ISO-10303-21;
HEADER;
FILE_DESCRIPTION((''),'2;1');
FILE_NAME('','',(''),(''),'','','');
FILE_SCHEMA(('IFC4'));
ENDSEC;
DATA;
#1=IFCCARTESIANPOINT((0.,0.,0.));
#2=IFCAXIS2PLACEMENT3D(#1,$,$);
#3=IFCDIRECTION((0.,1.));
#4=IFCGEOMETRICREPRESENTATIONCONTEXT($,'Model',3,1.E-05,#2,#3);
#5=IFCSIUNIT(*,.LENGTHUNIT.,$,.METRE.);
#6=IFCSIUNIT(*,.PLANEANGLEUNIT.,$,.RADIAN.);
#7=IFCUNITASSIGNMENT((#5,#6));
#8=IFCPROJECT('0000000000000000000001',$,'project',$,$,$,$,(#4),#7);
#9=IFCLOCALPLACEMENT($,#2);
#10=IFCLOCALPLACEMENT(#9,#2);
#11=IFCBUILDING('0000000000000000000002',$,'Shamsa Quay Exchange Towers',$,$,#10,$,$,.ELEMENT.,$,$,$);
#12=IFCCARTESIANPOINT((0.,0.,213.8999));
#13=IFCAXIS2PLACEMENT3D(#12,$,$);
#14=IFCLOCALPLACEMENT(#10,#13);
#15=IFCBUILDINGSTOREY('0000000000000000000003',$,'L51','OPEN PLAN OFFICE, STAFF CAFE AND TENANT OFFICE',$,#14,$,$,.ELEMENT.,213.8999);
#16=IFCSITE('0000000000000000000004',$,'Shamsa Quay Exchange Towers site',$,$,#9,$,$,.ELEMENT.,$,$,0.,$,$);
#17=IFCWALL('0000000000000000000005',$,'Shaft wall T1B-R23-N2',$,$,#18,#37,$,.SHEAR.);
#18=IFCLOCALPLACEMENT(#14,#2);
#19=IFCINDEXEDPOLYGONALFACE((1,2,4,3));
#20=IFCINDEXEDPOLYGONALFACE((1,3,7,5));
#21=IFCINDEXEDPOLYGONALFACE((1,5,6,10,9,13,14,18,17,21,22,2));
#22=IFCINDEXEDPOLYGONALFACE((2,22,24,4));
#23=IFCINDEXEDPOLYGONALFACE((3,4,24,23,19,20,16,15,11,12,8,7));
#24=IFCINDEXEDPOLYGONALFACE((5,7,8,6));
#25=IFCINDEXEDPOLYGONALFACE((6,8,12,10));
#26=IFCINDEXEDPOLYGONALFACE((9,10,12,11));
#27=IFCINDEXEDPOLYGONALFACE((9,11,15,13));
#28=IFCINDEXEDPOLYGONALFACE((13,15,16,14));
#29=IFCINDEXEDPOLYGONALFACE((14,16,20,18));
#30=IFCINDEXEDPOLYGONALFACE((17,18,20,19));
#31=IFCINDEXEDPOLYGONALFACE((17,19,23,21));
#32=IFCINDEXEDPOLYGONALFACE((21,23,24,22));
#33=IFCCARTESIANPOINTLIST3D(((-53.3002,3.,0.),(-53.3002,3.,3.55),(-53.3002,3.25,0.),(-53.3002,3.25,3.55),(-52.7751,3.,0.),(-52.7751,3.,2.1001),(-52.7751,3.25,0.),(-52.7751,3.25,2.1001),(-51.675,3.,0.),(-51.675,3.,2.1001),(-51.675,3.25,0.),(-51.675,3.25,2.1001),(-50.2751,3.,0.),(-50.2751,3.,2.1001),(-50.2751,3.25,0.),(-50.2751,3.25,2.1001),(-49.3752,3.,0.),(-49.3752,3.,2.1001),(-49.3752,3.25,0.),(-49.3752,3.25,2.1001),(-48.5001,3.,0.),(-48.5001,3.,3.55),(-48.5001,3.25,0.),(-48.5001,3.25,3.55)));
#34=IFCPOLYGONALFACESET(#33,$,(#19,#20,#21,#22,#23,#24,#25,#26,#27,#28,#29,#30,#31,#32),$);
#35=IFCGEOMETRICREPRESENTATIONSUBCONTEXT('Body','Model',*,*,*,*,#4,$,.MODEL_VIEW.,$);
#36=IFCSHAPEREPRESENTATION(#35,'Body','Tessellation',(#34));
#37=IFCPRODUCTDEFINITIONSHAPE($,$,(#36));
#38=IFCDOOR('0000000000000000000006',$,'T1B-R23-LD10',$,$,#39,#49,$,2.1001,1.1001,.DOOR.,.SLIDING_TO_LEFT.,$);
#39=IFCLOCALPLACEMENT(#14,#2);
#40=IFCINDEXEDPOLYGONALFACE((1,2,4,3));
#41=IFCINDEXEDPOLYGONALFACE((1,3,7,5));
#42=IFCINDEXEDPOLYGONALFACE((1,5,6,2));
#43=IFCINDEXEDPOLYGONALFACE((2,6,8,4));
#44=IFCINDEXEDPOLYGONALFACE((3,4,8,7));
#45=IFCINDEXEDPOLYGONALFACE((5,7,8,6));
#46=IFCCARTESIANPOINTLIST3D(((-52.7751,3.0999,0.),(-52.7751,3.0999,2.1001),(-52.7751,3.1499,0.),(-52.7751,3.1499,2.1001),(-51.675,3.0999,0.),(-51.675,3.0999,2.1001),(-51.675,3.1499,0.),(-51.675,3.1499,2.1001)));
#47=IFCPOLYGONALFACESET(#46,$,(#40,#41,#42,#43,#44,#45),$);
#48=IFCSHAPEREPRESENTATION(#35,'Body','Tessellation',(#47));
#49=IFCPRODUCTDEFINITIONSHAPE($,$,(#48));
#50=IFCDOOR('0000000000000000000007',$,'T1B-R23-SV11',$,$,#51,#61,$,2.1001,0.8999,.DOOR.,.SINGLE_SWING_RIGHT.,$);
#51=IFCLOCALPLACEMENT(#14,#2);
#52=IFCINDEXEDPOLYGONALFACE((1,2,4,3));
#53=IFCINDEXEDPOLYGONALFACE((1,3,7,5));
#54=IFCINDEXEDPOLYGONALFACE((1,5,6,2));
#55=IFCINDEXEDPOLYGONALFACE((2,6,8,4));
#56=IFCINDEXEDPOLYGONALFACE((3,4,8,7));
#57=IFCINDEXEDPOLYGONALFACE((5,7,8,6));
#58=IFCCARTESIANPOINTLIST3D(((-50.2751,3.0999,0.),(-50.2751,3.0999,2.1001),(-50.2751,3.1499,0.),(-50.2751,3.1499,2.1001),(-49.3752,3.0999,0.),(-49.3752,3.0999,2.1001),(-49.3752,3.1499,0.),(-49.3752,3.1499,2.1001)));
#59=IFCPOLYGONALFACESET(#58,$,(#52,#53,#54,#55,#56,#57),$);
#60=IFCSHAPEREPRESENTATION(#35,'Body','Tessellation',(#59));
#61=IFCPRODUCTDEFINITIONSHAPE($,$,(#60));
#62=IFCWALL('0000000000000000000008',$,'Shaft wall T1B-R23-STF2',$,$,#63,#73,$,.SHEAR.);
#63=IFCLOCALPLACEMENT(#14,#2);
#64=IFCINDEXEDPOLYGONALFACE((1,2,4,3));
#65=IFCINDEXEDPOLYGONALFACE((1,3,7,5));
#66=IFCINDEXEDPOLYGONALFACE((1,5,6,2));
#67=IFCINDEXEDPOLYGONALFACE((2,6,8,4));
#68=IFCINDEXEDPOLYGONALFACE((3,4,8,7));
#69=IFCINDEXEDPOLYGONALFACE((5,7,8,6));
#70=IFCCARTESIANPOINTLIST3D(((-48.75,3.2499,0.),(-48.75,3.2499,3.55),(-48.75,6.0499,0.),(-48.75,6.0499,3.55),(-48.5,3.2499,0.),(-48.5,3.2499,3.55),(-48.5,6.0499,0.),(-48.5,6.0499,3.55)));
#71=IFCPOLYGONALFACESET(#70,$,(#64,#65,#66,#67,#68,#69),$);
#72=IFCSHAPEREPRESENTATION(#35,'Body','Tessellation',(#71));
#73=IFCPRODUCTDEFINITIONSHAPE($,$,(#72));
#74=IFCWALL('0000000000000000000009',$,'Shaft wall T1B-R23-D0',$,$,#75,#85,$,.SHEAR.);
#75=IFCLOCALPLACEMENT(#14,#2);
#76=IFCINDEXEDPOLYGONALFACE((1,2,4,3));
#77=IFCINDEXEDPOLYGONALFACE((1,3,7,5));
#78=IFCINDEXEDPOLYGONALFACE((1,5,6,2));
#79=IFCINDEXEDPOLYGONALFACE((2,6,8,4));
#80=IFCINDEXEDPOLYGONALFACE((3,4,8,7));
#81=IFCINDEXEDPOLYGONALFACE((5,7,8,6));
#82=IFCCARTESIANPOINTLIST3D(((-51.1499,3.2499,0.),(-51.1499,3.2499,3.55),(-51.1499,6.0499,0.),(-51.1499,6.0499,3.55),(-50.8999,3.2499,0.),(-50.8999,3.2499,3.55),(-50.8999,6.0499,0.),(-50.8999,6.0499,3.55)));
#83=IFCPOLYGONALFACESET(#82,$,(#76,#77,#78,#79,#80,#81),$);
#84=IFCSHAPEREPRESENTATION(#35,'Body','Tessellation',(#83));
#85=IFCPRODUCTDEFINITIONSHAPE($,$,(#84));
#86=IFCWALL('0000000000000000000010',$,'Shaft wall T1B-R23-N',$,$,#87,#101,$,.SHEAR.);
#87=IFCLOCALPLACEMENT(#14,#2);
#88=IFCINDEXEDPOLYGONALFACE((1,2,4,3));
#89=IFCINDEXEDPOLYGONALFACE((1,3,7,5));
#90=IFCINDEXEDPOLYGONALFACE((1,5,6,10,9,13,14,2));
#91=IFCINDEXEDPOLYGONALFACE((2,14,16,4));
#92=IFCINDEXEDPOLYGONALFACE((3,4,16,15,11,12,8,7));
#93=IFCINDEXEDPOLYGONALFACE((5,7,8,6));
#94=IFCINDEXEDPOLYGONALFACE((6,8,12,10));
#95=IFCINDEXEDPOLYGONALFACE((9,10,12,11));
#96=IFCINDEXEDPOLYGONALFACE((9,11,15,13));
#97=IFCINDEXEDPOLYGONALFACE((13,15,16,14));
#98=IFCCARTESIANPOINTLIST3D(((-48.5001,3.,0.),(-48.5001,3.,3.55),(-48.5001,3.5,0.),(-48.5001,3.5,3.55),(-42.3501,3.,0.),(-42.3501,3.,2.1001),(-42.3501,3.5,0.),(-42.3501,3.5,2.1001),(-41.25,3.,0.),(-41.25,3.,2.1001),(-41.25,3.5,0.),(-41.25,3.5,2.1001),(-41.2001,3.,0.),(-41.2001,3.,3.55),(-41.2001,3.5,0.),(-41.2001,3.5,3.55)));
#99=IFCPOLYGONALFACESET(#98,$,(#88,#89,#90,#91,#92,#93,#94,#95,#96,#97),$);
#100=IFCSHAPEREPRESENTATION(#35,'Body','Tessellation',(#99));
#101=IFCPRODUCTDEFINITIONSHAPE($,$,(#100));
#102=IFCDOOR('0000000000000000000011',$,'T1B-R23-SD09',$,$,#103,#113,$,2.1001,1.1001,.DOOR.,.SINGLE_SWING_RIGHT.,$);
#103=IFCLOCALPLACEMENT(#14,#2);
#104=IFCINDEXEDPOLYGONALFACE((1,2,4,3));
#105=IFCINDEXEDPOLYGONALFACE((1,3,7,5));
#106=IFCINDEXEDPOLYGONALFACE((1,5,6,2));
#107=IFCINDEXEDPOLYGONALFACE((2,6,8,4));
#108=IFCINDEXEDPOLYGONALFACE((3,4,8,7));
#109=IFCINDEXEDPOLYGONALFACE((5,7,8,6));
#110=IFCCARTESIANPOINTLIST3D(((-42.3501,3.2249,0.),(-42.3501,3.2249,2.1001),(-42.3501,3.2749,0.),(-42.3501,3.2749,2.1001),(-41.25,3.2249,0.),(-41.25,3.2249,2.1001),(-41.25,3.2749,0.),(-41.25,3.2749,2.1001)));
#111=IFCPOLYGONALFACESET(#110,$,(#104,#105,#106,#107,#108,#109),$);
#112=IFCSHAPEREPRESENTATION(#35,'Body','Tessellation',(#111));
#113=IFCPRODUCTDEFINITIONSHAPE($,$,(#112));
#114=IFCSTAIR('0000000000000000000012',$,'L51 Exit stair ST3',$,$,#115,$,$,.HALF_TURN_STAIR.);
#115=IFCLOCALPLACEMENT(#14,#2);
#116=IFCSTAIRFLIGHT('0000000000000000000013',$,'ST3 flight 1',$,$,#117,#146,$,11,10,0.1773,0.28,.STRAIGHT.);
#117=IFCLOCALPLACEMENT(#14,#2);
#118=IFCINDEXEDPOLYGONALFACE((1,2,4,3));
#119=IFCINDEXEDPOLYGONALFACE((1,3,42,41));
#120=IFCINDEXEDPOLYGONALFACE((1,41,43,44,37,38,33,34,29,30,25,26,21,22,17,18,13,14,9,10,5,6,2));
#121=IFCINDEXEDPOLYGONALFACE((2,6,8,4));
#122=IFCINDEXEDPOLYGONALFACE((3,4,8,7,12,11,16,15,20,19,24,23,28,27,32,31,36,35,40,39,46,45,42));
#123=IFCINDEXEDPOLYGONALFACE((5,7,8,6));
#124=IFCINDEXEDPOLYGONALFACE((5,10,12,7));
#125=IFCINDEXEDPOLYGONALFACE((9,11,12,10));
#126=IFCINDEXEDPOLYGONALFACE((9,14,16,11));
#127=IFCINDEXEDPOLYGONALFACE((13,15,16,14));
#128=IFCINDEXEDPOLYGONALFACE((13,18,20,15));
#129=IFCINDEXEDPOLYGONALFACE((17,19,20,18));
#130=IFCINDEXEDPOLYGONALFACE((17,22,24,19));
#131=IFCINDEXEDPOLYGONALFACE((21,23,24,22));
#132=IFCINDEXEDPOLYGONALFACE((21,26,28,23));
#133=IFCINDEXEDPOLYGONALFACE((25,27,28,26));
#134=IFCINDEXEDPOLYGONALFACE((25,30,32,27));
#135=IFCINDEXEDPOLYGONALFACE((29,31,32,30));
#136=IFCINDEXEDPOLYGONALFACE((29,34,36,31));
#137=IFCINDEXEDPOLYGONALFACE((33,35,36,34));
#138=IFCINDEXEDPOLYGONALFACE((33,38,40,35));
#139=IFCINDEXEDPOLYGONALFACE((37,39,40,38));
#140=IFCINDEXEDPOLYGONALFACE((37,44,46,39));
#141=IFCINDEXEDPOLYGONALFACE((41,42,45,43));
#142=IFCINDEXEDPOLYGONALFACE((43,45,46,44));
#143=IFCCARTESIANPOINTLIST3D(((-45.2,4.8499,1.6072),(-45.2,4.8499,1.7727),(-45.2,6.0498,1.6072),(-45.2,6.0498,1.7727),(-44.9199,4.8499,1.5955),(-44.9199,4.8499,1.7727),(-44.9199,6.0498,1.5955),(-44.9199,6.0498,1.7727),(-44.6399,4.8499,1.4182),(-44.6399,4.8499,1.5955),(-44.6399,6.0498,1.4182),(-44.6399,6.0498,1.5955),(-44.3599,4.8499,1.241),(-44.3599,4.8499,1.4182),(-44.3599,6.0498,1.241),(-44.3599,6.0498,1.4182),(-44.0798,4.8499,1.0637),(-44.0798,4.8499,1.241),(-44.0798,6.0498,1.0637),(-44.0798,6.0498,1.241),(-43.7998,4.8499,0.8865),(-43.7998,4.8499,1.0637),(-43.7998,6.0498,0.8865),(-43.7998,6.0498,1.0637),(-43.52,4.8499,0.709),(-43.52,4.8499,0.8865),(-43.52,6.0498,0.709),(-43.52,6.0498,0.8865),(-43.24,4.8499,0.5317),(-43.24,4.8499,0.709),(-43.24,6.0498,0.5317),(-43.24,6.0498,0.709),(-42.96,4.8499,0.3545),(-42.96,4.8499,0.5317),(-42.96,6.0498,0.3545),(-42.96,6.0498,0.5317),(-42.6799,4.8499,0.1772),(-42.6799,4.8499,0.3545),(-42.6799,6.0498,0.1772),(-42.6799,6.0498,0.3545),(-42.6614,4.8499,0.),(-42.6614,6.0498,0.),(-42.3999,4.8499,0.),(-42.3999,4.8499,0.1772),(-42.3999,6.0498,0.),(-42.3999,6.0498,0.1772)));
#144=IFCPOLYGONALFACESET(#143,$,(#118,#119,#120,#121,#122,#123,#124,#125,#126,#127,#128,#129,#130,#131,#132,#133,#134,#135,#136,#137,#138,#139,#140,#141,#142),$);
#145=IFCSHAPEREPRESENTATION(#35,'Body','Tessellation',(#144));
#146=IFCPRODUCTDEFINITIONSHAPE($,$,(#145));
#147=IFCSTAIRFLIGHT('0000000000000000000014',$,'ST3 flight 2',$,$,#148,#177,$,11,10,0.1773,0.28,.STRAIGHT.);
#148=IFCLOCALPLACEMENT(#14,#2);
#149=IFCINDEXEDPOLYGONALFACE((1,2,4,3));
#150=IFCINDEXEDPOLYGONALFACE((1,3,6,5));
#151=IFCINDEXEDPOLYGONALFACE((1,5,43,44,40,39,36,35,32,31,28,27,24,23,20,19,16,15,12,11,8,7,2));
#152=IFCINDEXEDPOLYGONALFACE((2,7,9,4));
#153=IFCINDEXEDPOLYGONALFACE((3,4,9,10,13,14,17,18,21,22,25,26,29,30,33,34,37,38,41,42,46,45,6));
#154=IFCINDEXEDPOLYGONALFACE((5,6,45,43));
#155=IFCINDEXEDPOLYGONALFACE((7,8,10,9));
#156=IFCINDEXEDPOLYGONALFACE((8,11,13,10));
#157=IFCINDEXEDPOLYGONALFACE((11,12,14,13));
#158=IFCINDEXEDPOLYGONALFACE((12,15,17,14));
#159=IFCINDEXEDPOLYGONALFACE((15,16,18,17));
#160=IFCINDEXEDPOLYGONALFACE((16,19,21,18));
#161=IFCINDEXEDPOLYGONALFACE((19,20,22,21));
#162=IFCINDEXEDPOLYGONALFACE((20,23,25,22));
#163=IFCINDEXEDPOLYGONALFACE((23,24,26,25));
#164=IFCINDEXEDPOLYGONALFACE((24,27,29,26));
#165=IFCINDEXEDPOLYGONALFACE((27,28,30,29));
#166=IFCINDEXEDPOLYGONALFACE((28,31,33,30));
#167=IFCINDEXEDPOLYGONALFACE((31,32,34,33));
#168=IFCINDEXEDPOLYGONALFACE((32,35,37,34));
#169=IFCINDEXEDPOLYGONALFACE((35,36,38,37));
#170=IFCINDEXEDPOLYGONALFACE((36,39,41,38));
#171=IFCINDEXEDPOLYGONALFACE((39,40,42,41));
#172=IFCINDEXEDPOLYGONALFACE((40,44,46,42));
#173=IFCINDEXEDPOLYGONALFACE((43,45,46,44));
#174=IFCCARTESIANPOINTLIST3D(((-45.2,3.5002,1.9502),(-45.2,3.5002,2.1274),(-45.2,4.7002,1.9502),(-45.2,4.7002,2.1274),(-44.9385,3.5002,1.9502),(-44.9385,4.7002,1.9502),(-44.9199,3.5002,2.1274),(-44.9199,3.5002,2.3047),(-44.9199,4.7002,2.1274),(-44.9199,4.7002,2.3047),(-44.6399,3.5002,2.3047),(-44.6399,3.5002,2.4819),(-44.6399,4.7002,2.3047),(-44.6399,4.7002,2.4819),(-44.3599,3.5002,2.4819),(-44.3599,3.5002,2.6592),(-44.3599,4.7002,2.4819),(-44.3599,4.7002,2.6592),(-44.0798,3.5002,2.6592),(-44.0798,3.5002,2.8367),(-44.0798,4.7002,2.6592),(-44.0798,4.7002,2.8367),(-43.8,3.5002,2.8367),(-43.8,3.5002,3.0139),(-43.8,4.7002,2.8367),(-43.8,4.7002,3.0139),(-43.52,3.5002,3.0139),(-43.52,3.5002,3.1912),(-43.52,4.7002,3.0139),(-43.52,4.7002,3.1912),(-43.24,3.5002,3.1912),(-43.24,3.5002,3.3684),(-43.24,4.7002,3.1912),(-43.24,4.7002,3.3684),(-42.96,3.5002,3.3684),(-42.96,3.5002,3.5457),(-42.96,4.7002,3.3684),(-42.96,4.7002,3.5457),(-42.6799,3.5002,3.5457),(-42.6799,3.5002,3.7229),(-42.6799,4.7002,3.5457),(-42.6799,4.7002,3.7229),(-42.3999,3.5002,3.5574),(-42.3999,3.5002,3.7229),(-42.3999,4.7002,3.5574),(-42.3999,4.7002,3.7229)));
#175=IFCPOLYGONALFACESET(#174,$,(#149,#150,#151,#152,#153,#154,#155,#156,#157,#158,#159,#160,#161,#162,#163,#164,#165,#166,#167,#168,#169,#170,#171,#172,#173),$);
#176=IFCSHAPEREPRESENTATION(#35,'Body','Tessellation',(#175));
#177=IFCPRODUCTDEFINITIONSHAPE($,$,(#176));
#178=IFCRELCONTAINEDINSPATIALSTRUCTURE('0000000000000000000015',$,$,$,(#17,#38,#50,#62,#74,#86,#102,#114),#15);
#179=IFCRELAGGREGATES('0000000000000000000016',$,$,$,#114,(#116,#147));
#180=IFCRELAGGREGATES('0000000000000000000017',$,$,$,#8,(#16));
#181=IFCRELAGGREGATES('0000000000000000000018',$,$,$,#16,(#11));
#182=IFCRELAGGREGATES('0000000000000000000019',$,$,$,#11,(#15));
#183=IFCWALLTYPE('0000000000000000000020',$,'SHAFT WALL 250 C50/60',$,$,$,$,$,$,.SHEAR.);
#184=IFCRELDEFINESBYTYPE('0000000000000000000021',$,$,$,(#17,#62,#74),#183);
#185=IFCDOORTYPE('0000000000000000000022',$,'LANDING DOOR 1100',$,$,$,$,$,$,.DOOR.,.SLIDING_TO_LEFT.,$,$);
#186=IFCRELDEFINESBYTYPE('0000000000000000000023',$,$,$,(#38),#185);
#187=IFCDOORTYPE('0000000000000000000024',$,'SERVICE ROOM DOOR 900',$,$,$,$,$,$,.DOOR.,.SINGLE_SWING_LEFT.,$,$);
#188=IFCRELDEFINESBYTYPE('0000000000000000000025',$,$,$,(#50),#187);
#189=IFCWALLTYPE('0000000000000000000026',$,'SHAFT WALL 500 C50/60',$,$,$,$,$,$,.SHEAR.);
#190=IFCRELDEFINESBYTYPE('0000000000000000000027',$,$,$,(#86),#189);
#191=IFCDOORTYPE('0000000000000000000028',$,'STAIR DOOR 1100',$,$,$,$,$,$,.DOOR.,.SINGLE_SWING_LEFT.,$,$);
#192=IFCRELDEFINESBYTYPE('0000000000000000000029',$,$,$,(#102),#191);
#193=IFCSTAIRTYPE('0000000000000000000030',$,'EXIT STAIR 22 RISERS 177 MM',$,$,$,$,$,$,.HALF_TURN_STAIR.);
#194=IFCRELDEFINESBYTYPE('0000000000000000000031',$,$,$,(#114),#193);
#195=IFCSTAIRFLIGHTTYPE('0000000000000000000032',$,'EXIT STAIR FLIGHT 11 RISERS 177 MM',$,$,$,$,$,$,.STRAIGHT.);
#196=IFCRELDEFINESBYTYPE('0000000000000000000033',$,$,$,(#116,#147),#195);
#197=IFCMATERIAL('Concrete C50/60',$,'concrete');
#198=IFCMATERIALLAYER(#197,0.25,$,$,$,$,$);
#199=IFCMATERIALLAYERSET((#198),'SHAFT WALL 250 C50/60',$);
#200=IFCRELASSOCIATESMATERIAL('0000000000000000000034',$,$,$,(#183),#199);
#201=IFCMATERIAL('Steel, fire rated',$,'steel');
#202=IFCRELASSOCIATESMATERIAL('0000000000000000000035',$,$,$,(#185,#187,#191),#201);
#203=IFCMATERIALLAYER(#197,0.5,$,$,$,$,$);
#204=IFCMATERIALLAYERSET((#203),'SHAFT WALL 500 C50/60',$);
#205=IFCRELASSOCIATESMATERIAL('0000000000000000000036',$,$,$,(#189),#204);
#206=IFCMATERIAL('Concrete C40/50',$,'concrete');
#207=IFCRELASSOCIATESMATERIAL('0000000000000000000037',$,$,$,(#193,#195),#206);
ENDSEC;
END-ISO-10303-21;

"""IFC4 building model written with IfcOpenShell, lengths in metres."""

from ifc_helpers import new_model, si_unit, direction, frame, frame_2d, origin, place, context, subcontext, project, spatial, polyline, rectangle, outline, extrude, material, layer, layer_set, type_object, element, fill, aggregate, save


model = new_model("IFC4")

# Units and contexts
model_context = context("Model", 3, precision=1e-05, world=origin(), true_north=direction((0.0, 1.0)))
body_context = subcontext(model_context, "Body", "Model", "MODEL_VIEW")
ifc_project = project(units=[si_unit("LENGTHUNIT", "METRE"), si_unit("PLANEANGLEUNIT", "RADIAN")], contexts=[model_context])

# Site, building, storey
site_placement = place(None, origin())
site = spatial("IfcSite", under=ifc_project, at=site_placement, Name="Shamsa Quay Exchange Towers site", CompositionType="ELEMENT", RefElevation=0.0)
building_placement = place(site_placement, origin())
building = spatial("IfcBuilding", under=site, at=building_placement, Name="Shamsa Quay Exchange Towers", CompositionType="ELEMENT")
storey_placement = place(building_placement, frame((0.0, 0.0, 213.8999)))
storey = spatial("IfcBuildingStorey", under=building, at=storey_placement, Name="L51", Description="OPEN PLAN OFFICE, STAFF CAFE AND TENANT OFFICE", CompositionType="ELEMENT", Elevation=213.8999)

# Wall, openings, doors
ifc_material_1 = material(Name="Concrete C50/60", Category="concrete")
ifc_layer_1 = layer(ifc_material_1, 0.25)
ifc_layer_set_1 = layer_set([ifc_layer_1], Name="SHAFT WALL 250 C50/60")
wall_type_1 = type_object("IfcWallType", Name="SHAFT WALL 250 C50/60", PredefinedType="SHEAR", material=ifc_layer_set_1)
wall_1_placement = place(storey_placement, frame((-53.3, 3.125, 0.0)))
wall_1 = element("IfcWall", 1, at=wall_1_placement, inside=storey, type_object=wall_type_1, Name="Shaft wall T1B-R23-N2", PredefinedType="SHEAR", context=body_context, shape_type="SweptSolid", body=[
    extrude(rectangle(XDim=4.8, YDim=0.25, at=frame_2d((2.3999, 0.0))), origin(), (0.0, 0.0, 1.0), 3.55),
])
opening_1_placement = place(wall_1_placement, frame((0.5249, 0.0, 0.0)))
opening_1 = element("IfcOpeningElement", 2, at=opening_1_placement, cuts=wall_1, PredefinedType="OPENING", context=body_context, shape_type="SweptSolid", body=[
    extrude(rectangle(XDim=1.1001, YDim=2.1001, at=frame_2d((0.55, 1.05))), frame((0.0, 0.135, 0.0), z_axis=(0.0, -1.0, 0.0), x_axis=(1.0, 0.0, 0.0)), (0.0, 0.0, 1.0), 0.27),
])
opening_2_placement = place(wall_1_placement, frame((3.0249, 0.0, 0.0)))
opening_2 = element("IfcOpeningElement", 3, at=opening_2_placement, cuts=wall_1, PredefinedType="OPENING", context=body_context, shape_type="SweptSolid", body=[
    extrude(rectangle(XDim=0.8999, YDim=2.1001, at=frame_2d((0.45, 1.05))), frame((0.0, 0.135, 0.0), z_axis=(0.0, -1.0, 0.0), x_axis=(1.0, 0.0, 0.0)), (0.0, 0.0, 1.0), 0.27),
])
ifc_material_2 = material(Name="Steel, fire rated", Category="steel")
door_type_1 = type_object("IfcDoorType", Name="LANDING DOOR 1100", OperationType="SLIDING_TO_LEFT", PredefinedType="DOOR", material=ifc_material_2)
door_1_placement = place(opening_1_placement, origin())
door_1 = element("IfcDoor", 4, at=door_1_placement, inside=storey, type_object=door_type_1, Name="T1B-R23-LD10", OperationType="SLIDING_TO_LEFT", OverallHeight=2.1001, OverallWidth=1.1001, PredefinedType="DOOR", context=body_context, shape_type="SweptSolid", body=[
    extrude(rectangle(XDim=1.1001, YDim=2.1001, at=frame_2d((0.55, 1.05))), frame((0.0, 0.0249, 0.0), z_axis=(0.0, -1.0, 0.0), x_axis=(1.0, 0.0, 0.0)), (0.0, 0.0, 1.0), 0.05),
])
fill(opening_1, door_1)
door_type_2 = type_object("IfcDoorType", Name="SERVICE ROOM DOOR 900", OperationType="SINGLE_SWING_LEFT", PredefinedType="DOOR", material=ifc_material_2)
door_2_placement = place(opening_2_placement, origin())
door_2 = element("IfcDoor", 5, at=door_2_placement, inside=storey, type_object=door_type_2, Name="T1B-R23-SV11", OperationType="SINGLE_SWING_RIGHT", OverallHeight=2.1001, OverallWidth=0.8999, PredefinedType="DOOR", context=body_context, shape_type="SweptSolid", body=[
    extrude(rectangle(XDim=0.8999, YDim=2.1001, at=frame_2d((0.45, 1.05))), frame((0.0, 0.0249, 0.0), z_axis=(0.0, -1.0, 0.0), x_axis=(1.0, 0.0, 0.0)), (0.0, 0.0, 1.0), 0.05),
])
fill(opening_2, door_2)

# Walls
for number, where, z_axis, x_axis, name in (
    (6, (-48.625, 3.25, 0.0), (0.0, 0.0, 1.0), (0.0, 1.0, 0.0), "Shaft wall T1B-R23-STF2"),
    (7, (-51.0249, 3.25, 0.0), (0.0, 0.0, 1.0), (0.0, 1.0, 0.0), "Shaft wall T1B-R23-D0"),
):
    element("IfcWall", number, at=place(storey_placement, frame(where, z_axis=z_axis, x_axis=x_axis)), inside=storey, type_object=wall_type_1, Name=name, PredefinedType="SHEAR", context=body_context, shape_type="SweptSolid", body=[
        extrude(rectangle(XDim=2.8, YDim=0.25, at=frame_2d((1.3999, 0.0))), origin(), (0.0, 0.0, 1.0), 3.55),
    ])

# Wall, opening, door
ifc_layer_2 = layer(ifc_material_1, 0.5)
ifc_layer_set_2 = layer_set([ifc_layer_2], Name="SHAFT WALL 500 C50/60")
wall_type_2 = type_object("IfcWallType", Name="SHAFT WALL 500 C50/60", PredefinedType="SHEAR", material=ifc_layer_set_2)
wall_2_placement = place(storey_placement, frame((-48.5, 3.25, 0.0)))
wall_2 = element("IfcWall", 8, at=wall_2_placement, inside=storey, type_object=wall_type_2, Name="Shaft wall T1B-R23-N", PredefinedType="SHEAR", context=body_context, shape_type="SweptSolid", body=[
    extrude(rectangle(XDim=7.3, YDim=0.5, at=frame_2d((3.6499, 0.0))), origin(), (0.0, 0.0, 1.0), 3.55),
])
opening_3_placement = place(wall_2_placement, frame((6.1499, 0.0, 0.0)))
opening_3 = element("IfcOpeningElement", 9, at=opening_3_placement, cuts=wall_2, PredefinedType="OPENING", context=body_context, shape_type="SweptSolid", body=[
    extrude(rectangle(XDim=1.1001, YDim=2.1001, at=frame_2d((0.55, 1.05))), frame((0.0, 0.26, 0.0), z_axis=(0.0, -1.0, 0.0), x_axis=(1.0, 0.0, 0.0)), (0.0, 0.0, 1.0), 0.52),
])
door_type_3 = type_object("IfcDoorType", Name="STAIR DOOR 1100", OperationType="SINGLE_SWING_LEFT", PredefinedType="DOOR", material=ifc_material_2)
door_3_placement = place(opening_3_placement, origin())
door_3 = element("IfcDoor", 10, at=door_3_placement, inside=storey, type_object=door_type_3, Name="T1B-R23-SD09", OperationType="SINGLE_SWING_RIGHT", OverallHeight=2.1001, OverallWidth=1.1001, PredefinedType="DOOR", context=body_context, shape_type="SweptSolid", body=[
    extrude(rectangle(XDim=1.1001, YDim=2.1001, at=frame_2d((0.55, 1.05))), frame((0.0, 0.0249, 0.0), z_axis=(0.0, -1.0, 0.0), x_axis=(1.0, 0.0, 0.0)), (0.0, 0.0, 1.0), 0.05),
])
fill(opening_3, door_3)

# Stair, stair flights
ifc_material_3 = material(Name="Concrete C40/50", Category="concrete")
stair_type = type_object("IfcStairType", Name="EXIT STAIR 22 RISERS 177 MM", PredefinedType="HALF_TURN_STAIR", material=ifc_material_3)
stair_placement = place(storey_placement, origin())
stair = element("IfcStair", 11, at=stair_placement, inside=storey, type_object=stair_type, Name="L51 Exit stair ST3", PredefinedType="HALF_TURN_STAIR")
stair_flight_type = type_object("IfcStairFlightType", Name="EXIT STAIR FLIGHT 11 RISERS 177 MM", PredefinedType="STRAIGHT", material=ifc_material_3)
stair_flight_1_placement = place(storey_placement, frame((-42.3999, 5.45, 0.0), z_axis=(0.0, 0.0, 1.0), x_axis=(-1.0, 0.0, 0.0)))
stair_flight_1 = element("IfcStairFlight", 12, at=stair_flight_1_placement, type_object=stair_flight_type, Name="ST3 flight 1", NumberOfRisers=11, NumberOfTreads=10, PredefinedType="STRAIGHT", RiserHeight=0.1773, TreadLength=0.28, context=body_context, shape_type="SweptSolid", body=[
    extrude(outline(polyline([(0.0, 0.0), (0.0, 0.1772), (0.28, 0.1772), (0.28, 0.3545), (0.5601, 0.3545), (0.5601, 0.5317), (0.8401, 0.5317), (0.8401, 0.709), (1.1201, 0.709), (1.1201, 0.8865), (1.3999, 0.8865), (1.3999, 1.0637), (1.6799, 1.0637), (1.6799, 1.241), (1.96, 1.241), (1.96, 1.4182), (2.24, 1.4182), (2.24, 1.5955), (2.52, 1.5955), (2.52, 1.7727), (2.8, 1.7727), (2.8, 1.95), (2.8, 1.6072), (0.2615, 0.0), (0.0, 0.0)])), frame((0.0, 0.6001, 0.0), z_axis=(0.0, -1.0, 0.0), x_axis=(1.0, 0.0, 0.0)), (0.0, 0.0, 1.0), 1.2),
])
stair_flight_2_placement = place(storey_placement, frame((-45.2, 4.1001, 1.9502)))
stair_flight_2 = element("IfcStairFlight", 13, at=stair_flight_2_placement, type_object=stair_flight_type, Name="ST3 flight 2", NumberOfRisers=11, NumberOfTreads=10, PredefinedType="STRAIGHT", RiserHeight=0.1773, TreadLength=0.28, context=body_context, shape_type="SweptSolid", body=[
    extrude(outline(polyline([(0.0, 0.0), (0.0, 0.1772), (0.28, 0.1772), (0.28, 0.3545), (0.5601, 0.3545), (0.5601, 0.5317), (0.8401, 0.5317), (0.8401, 0.709), (1.1201, 0.709), (1.1201, 0.8865), (1.3999, 0.8865), (1.3999, 1.0637), (1.6799, 1.0637), (1.6799, 1.241), (1.96, 1.241), (1.96, 1.4182), (2.24, 1.4182), (2.24, 1.5955), (2.52, 1.5955), (2.52, 1.7727), (2.8, 1.7727), (2.8, 1.95), (2.8, 1.6072), (0.2615, 0.0), (0.0, 0.0)])), frame((0.0, 0.6001, 0.0), z_axis=(0.0, -1.0, 0.0), x_axis=(1.0, 0.0, 0.0)), (0.0, 0.0, 1.0), 1.2),
])
aggregate(stair, [stair_flight_1, stair_flight_2])

save(model, "model.ifc")
